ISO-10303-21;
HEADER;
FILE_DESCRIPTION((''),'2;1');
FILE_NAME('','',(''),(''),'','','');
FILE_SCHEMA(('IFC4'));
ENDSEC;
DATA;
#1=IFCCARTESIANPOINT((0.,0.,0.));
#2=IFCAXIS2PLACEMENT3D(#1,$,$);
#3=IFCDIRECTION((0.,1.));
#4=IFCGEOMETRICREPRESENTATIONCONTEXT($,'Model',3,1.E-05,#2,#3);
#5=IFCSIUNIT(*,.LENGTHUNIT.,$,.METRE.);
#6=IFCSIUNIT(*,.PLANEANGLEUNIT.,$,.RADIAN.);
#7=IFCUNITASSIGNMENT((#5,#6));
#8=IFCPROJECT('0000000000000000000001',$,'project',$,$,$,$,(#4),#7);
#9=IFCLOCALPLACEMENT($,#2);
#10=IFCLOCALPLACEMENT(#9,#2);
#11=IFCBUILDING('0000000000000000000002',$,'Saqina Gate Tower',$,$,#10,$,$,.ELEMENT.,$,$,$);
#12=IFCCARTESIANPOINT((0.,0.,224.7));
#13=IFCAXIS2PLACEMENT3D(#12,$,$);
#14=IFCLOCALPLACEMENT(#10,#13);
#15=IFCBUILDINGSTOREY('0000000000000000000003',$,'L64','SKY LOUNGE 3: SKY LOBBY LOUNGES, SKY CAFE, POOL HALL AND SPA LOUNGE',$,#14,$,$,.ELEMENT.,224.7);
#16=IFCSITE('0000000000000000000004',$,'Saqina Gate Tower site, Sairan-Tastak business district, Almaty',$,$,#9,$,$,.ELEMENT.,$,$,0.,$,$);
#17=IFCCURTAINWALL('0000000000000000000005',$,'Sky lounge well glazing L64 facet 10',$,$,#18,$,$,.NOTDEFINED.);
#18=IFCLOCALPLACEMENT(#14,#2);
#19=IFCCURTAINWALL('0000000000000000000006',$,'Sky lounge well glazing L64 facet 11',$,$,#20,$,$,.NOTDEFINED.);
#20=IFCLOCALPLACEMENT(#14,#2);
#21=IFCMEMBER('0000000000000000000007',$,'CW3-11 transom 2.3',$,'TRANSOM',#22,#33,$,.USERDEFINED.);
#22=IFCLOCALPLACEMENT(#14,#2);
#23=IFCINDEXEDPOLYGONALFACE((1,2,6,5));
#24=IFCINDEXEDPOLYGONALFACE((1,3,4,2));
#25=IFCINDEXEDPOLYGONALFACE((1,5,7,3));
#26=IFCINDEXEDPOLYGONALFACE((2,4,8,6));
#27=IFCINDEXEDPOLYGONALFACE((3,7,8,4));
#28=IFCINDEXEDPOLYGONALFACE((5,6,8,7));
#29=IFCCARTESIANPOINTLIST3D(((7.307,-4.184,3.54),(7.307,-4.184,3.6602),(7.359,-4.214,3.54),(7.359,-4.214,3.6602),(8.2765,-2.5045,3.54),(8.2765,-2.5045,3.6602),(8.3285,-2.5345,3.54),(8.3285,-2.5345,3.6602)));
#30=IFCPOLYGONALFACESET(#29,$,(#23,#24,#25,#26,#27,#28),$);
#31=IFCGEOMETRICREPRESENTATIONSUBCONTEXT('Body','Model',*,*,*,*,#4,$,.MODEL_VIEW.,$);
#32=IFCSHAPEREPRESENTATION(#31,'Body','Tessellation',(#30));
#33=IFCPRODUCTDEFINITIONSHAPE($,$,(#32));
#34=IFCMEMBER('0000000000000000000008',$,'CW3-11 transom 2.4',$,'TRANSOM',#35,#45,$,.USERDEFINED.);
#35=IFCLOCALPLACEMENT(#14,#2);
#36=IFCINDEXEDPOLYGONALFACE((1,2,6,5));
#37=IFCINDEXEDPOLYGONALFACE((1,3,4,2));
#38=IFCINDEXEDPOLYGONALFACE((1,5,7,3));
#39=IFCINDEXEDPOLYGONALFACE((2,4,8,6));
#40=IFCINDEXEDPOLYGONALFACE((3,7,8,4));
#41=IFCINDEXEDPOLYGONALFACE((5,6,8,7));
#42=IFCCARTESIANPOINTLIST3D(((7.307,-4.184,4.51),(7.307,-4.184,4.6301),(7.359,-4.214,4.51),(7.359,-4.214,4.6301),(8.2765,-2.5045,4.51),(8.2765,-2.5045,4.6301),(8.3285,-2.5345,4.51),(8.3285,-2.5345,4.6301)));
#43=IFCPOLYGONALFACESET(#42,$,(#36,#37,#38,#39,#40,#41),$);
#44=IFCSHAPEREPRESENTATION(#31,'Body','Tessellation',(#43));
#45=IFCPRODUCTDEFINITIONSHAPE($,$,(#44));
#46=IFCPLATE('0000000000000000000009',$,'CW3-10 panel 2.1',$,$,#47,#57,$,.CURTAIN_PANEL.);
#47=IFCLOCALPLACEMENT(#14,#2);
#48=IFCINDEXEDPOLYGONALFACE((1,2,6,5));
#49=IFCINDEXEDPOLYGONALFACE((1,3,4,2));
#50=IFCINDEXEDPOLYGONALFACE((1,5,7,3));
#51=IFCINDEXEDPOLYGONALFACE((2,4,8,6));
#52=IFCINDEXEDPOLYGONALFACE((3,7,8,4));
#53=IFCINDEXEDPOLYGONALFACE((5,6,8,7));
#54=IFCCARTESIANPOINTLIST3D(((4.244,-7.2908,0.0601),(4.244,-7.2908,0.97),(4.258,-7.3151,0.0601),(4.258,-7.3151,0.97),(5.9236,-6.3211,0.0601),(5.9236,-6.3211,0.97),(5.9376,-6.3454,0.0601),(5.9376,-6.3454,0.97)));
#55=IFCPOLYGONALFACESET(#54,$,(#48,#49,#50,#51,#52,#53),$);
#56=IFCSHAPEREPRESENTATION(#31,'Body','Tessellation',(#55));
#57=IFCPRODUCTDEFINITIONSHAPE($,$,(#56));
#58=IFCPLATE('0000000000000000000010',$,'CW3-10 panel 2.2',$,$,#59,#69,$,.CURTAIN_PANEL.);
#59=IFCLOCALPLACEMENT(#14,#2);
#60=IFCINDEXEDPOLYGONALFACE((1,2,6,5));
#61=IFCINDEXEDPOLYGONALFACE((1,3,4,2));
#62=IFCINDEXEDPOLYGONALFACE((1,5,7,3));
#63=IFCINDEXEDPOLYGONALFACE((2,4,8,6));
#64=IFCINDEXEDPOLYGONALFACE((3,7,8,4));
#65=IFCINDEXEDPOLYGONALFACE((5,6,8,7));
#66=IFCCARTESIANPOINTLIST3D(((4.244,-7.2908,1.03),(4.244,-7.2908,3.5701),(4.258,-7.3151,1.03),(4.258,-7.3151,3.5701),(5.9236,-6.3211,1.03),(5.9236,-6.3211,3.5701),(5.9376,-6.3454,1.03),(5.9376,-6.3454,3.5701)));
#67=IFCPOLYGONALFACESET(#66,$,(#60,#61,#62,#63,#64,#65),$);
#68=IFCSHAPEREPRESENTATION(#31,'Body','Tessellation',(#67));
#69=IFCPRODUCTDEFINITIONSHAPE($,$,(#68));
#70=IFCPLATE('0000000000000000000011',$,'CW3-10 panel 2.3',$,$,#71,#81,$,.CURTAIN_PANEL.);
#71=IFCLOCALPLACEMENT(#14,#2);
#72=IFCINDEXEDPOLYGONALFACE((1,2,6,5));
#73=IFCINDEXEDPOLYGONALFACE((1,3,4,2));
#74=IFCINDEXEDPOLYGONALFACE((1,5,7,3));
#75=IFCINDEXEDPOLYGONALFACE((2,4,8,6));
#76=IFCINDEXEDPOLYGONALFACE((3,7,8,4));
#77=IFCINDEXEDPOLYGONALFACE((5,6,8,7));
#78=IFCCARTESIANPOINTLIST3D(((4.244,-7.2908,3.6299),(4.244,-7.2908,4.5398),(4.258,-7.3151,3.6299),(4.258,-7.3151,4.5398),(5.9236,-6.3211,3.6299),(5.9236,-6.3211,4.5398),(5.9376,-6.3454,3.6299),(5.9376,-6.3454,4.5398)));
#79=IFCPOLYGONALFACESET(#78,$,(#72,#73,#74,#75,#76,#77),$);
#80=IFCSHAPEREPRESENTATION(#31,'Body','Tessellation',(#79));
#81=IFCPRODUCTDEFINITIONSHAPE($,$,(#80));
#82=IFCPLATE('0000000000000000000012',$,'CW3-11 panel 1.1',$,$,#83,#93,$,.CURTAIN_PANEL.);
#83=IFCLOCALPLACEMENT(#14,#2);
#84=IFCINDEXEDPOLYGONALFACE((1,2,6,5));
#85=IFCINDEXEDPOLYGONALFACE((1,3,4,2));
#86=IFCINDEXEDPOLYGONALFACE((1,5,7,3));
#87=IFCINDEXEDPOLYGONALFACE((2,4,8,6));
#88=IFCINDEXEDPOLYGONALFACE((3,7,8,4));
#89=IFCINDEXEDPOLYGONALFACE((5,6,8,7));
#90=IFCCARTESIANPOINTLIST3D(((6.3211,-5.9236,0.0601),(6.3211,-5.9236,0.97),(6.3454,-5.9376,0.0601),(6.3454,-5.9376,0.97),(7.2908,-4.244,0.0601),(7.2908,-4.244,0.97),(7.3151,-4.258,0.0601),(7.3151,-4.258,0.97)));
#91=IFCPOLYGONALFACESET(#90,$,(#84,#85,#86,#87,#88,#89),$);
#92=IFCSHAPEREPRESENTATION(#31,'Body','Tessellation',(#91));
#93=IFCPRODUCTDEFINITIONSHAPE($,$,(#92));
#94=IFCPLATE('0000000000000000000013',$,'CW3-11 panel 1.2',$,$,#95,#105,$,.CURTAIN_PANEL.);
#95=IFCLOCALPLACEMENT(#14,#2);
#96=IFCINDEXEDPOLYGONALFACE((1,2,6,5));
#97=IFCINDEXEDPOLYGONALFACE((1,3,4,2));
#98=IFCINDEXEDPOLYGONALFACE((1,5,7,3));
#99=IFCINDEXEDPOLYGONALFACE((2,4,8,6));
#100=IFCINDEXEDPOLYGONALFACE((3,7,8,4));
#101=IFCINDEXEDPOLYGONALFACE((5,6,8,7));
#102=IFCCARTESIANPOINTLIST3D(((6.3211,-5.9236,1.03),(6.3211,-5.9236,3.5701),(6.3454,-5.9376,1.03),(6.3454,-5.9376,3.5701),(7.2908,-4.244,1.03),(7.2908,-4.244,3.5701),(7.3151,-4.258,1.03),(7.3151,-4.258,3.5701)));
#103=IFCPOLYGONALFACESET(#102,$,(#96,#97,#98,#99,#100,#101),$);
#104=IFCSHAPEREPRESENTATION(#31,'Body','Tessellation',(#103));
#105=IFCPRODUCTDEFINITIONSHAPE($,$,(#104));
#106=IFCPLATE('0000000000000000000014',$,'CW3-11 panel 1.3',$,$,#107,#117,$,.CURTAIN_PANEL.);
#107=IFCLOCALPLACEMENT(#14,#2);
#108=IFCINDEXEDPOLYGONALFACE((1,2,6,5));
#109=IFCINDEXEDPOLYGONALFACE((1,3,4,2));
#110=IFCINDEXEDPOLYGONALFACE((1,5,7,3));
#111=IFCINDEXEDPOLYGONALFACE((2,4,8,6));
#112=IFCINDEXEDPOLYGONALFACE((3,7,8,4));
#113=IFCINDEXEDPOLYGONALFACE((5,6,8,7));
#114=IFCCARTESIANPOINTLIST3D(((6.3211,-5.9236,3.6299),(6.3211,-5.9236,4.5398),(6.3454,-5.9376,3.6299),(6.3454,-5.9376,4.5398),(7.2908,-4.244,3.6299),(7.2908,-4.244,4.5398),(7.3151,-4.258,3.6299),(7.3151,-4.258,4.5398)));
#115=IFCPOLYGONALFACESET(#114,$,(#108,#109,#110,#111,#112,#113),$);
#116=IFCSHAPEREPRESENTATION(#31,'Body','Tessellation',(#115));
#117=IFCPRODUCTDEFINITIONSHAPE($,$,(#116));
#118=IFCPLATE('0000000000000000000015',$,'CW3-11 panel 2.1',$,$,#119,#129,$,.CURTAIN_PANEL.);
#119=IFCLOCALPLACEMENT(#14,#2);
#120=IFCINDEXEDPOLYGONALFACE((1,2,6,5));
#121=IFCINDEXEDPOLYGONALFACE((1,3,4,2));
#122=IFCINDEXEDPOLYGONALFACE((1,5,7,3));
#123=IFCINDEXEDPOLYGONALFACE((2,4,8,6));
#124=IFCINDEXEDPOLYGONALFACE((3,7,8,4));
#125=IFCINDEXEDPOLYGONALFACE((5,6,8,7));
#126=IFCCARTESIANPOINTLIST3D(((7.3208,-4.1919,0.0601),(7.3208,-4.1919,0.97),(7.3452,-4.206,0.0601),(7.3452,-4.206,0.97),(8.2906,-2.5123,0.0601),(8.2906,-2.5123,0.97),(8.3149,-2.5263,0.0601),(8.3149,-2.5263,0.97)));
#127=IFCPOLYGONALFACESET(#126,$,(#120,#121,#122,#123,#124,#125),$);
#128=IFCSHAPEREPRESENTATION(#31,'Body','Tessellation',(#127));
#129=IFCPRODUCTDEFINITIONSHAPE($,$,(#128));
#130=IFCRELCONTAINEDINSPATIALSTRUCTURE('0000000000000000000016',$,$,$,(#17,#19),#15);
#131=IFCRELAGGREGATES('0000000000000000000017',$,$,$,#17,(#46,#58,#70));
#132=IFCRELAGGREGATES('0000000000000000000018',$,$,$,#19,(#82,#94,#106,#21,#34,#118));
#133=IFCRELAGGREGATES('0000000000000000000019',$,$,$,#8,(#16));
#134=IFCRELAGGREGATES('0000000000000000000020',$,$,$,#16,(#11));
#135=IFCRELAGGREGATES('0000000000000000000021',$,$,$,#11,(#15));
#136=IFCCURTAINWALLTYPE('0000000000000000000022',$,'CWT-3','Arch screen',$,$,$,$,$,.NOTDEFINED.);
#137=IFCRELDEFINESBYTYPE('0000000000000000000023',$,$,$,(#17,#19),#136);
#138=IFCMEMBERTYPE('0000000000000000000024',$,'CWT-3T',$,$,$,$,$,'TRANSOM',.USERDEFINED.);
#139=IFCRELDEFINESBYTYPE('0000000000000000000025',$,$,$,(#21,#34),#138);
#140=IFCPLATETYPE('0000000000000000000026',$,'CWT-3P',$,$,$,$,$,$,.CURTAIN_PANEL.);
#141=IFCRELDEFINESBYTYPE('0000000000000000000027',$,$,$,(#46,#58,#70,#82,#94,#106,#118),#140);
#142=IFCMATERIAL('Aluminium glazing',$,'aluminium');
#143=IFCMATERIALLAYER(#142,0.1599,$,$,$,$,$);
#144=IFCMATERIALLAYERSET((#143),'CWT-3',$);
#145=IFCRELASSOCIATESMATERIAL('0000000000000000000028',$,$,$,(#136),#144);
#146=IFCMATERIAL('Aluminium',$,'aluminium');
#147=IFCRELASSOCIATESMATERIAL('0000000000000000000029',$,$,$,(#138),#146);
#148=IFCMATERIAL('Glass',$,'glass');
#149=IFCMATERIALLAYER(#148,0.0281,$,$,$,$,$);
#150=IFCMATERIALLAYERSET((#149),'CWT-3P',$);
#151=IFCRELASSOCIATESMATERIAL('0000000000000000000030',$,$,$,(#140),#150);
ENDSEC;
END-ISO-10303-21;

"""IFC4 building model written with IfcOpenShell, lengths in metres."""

from ifc_helpers import new_model, si_unit, direction, frame, origin, origin_2d, place, context, subcontext, project, spatial, rectangle, extrude, material, layer, layer_set, material_profile, profile_set, type_object, element, aggregate, save


model = new_model("IFC4")

# Units and contexts
model_context = context("Model", 3, precision=1e-05, world=origin(), true_north=direction((0.0, 1.0)))
body_context = subcontext(model_context, "Body", "Model", "MODEL_VIEW")
ifc_project = project(units=[si_unit("LENGTHUNIT", "METRE"), si_unit("PLANEANGLEUNIT", "RADIAN")], contexts=[model_context])

# Site, building, storey
site_placement = place(None, origin())
site = spatial("IfcSite", under=ifc_project, at=site_placement, Name="Saqina Gate Tower site, Sairan-Tastak business district, Almaty", CompositionType="ELEMENT", RefElevation=0.0)
building_placement = place(site_placement, origin())
building = spatial("IfcBuilding", under=site, at=building_placement, Name="Saqina Gate Tower", CompositionType="ELEMENT")
storey_placement = place(building_placement, frame((0.0, 0.0, 224.7)))
storey = spatial("IfcBuildingStorey", under=building, at=storey_placement, Name="L64", Description="SKY LOUNGE 3: SKY LOBBY LOUNGES, SKY CAFE, POOL HALL AND SPA LOUNGE", CompositionType="ELEMENT", Elevation=224.7)

# Curtain wall
ifc_material_1 = material(Name="Aluminium glazing", Category="aluminium")
ifc_layer_1 = layer(ifc_material_1, 0.1599)
ifc_layer_set_1 = layer_set([ifc_layer_1], Name="CWT-3")
curtain_wall_type = type_object("IfcCurtainWallType", Name="CWT-3", Description="Arch screen", PredefinedType="NOTDEFINED", material=ifc_layer_set_1)
curtain_wall_1_placement = place(storey_placement, origin())
curtain_wall_1 = element("IfcCurtainWall", 1, at=curtain_wall_1_placement, inside=storey, type_object=curtain_wall_type, Name="Sky lounge well glazing L64 facet 10", PredefinedType="NOTDEFINED")

# Curtain wall
curtain_wall_2_placement = place(storey_placement, origin())
curtain_wall_2 = element("IfcCurtainWall", 2, at=curtain_wall_2_placement, inside=storey, type_object=curtain_wall_type, Name="Sky lounge well glazing L64 facet 11", PredefinedType="NOTDEFINED")

# Members
ifc_material_2 = material(Name="Aluminium", Category="aluminium")
ifc_material_profile_1 = material_profile(ifc_material_2, rectangle(XDim=0.0601, YDim=0.1201, at=origin_2d()), Name="Aluminium 60x120")
ifc_profile_set_1 = profile_set([ifc_material_profile_1], Name="Aluminium")
member_type_1 = type_object("IfcMemberType", Name="CWT-3T", ElementType="TRANSOM", PredefinedType="USERDEFINED", material=ifc_profile_set_1)
member_1_placement = place(storey_placement, frame((7.333, -4.199, 3.6001), z_axis=(0.499944, 0.866058, 0.0), x_axis=(-0.866058, 0.499944, 0.0)))
member_1 = element("IfcMember", 3, at=member_1_placement, type_object=member_type_1, Name="CW3-11 transom 2.3", ObjectType="TRANSOM", PredefinedType="USERDEFINED", context=body_context, shape_type="SweptSolid", body=[
    extrude(rectangle(XDim=0.0601, YDim=0.1201, at=origin_2d()), origin(), (0.0, 0.0, 1.0), 1.9392),
])
member_2_placement = place(storey_placement, frame((7.333, -4.199, 4.5701), z_axis=(0.499944, 0.866058, 0.0), x_axis=(-0.866058, 0.499944, 0.0)))
member_2 = element("IfcMember", 4, at=member_2_placement, type_object=member_type_1, Name="CW3-11 transom 2.4", ObjectType="TRANSOM", PredefinedType="USERDEFINED", context=body_context, shape_type="SweptSolid", body=[
    extrude(rectangle(XDim=0.0601, YDim=0.1201, at=origin_2d()), origin(), (0.0, 0.0, 1.0), 1.9392),
])

# Plates
ifc_material_3 = material(Name="Glass", Category="glass")
ifc_layer_2 = layer(ifc_material_3, 0.0281)
ifc_layer_set_2 = layer_set([ifc_layer_2], Name="CWT-3P")
plate_type = type_object("IfcPlateType", Name="CWT-3P", PredefinedType="CURTAIN_PANEL", material=ifc_layer_set_2)
plate_1_placement = place(storey_placement, frame((5.0908, -6.8181, 0.0601), z_axis=(0.0, 0.0, 1.0), x_axis=(0.866024, 0.500003, 0.0)))
plate_1 = element("IfcPlate", 5, at=plate_1_placement, type_object=plate_type, Name="CW3-10 panel 2.1", PredefinedType="CURTAIN_PANEL", context=body_context, shape_type="SweptSolid", body=[
    extrude(rectangle(XDim=1.9395, YDim=0.0281, at=origin_2d()), origin(), (0.0, 0.0, 1.0), 0.9099),
])
plate_2_placement = place(storey_placement, frame((5.0908, -6.8181, 1.03), z_axis=(0.0, 0.0, 1.0), x_axis=(0.866024, 0.500003, 0.0)))
plate_2 = element("IfcPlate", 6, at=plate_2_placement, type_object=plate_type, Name="CW3-10 panel 2.2", PredefinedType="CURTAIN_PANEL", context=body_context, shape_type="SweptSolid", body=[
    extrude(rectangle(XDim=1.9395, YDim=0.0281, at=origin_2d()), origin(), (0.0, 0.0, 1.0), 2.54),
])
plate_3_placement = place(storey_placement, frame((5.0908, -6.8181, 3.6299), z_axis=(0.0, 0.0, 1.0), x_axis=(0.866024, 0.500003, 0.0)))
plate_3 = element("IfcPlate", 7, at=plate_3_placement, type_object=plate_type, Name="CW3-10 panel 2.3", PredefinedType="CURTAIN_PANEL", context=body_context, shape_type="SweptSolid", body=[
    extrude(rectangle(XDim=1.9395, YDim=0.0281, at=origin_2d()), origin(), (0.0, 0.0, 1.0), 0.9099),
])
aggregate(curtain_wall_1, [plate_1, plate_2, plate_3])
plate_4_placement = place(storey_placement, frame((6.8181, -5.0908, 0.0601), z_axis=(0.0, 0.0, 1.0), x_axis=(0.500003, 0.866024, 0.0)))
plate_4 = element("IfcPlate", 8, at=plate_4_placement, type_object=plate_type, Name="CW3-11 panel 1.1", PredefinedType="CURTAIN_PANEL", context=body_context, shape_type="SweptSolid", body=[
    extrude(rectangle(XDim=1.9395, YDim=0.0281, at=origin_2d()), origin(), (0.0, 0.0, 1.0), 0.9099),
])
plate_5_placement = place(storey_placement, frame((6.8181, -5.0908, 1.03), z_axis=(0.0, 0.0, 1.0), x_axis=(0.500003, 0.866024, 0.0)))
plate_5 = element("IfcPlate", 9, at=plate_5_placement, type_object=plate_type, Name="CW3-11 panel 1.2", PredefinedType="CURTAIN_PANEL", context=body_context, shape_type="SweptSolid", body=[
    extrude(rectangle(XDim=1.9395, YDim=0.0281, at=origin_2d()), origin(), (0.0, 0.0, 1.0), 2.54),
])
plate_6_placement = place(storey_placement, frame((6.8181, -5.0908, 3.6299), z_axis=(0.0, 0.0, 1.0), x_axis=(0.500003, 0.866024, 0.0)))
plate_6 = element("IfcPlate", 10, at=plate_6_placement, type_object=plate_type, Name="CW3-11 panel 1.3", PredefinedType="CURTAIN_PANEL", context=body_context, shape_type="SweptSolid", body=[
    extrude(rectangle(XDim=1.9395, YDim=0.0281, at=origin_2d()), origin(), (0.0, 0.0, 1.0), 0.9099),
])
plate_7_placement = place(storey_placement, frame((7.8179, -3.3591, 0.0601), z_axis=(0.0, 0.0, 1.0), x_axis=(0.500003, 0.866024, 0.0)))
plate_7 = element("IfcPlate", 11, at=plate_7_placement, type_object=plate_type, Name="CW3-11 panel 2.1", PredefinedType="CURTAIN_PANEL", context=body_context, shape_type="SweptSolid", body=[
    extrude(rectangle(XDim=1.9395, YDim=0.0281, at=origin_2d()), origin(), (0.0, 0.0, 1.0), 0.9099),
])
aggregate(curtain_wall_2, [plate_4, plate_5, plate_6, member_1, member_2, plate_7])

save(model, "model.ifc")
